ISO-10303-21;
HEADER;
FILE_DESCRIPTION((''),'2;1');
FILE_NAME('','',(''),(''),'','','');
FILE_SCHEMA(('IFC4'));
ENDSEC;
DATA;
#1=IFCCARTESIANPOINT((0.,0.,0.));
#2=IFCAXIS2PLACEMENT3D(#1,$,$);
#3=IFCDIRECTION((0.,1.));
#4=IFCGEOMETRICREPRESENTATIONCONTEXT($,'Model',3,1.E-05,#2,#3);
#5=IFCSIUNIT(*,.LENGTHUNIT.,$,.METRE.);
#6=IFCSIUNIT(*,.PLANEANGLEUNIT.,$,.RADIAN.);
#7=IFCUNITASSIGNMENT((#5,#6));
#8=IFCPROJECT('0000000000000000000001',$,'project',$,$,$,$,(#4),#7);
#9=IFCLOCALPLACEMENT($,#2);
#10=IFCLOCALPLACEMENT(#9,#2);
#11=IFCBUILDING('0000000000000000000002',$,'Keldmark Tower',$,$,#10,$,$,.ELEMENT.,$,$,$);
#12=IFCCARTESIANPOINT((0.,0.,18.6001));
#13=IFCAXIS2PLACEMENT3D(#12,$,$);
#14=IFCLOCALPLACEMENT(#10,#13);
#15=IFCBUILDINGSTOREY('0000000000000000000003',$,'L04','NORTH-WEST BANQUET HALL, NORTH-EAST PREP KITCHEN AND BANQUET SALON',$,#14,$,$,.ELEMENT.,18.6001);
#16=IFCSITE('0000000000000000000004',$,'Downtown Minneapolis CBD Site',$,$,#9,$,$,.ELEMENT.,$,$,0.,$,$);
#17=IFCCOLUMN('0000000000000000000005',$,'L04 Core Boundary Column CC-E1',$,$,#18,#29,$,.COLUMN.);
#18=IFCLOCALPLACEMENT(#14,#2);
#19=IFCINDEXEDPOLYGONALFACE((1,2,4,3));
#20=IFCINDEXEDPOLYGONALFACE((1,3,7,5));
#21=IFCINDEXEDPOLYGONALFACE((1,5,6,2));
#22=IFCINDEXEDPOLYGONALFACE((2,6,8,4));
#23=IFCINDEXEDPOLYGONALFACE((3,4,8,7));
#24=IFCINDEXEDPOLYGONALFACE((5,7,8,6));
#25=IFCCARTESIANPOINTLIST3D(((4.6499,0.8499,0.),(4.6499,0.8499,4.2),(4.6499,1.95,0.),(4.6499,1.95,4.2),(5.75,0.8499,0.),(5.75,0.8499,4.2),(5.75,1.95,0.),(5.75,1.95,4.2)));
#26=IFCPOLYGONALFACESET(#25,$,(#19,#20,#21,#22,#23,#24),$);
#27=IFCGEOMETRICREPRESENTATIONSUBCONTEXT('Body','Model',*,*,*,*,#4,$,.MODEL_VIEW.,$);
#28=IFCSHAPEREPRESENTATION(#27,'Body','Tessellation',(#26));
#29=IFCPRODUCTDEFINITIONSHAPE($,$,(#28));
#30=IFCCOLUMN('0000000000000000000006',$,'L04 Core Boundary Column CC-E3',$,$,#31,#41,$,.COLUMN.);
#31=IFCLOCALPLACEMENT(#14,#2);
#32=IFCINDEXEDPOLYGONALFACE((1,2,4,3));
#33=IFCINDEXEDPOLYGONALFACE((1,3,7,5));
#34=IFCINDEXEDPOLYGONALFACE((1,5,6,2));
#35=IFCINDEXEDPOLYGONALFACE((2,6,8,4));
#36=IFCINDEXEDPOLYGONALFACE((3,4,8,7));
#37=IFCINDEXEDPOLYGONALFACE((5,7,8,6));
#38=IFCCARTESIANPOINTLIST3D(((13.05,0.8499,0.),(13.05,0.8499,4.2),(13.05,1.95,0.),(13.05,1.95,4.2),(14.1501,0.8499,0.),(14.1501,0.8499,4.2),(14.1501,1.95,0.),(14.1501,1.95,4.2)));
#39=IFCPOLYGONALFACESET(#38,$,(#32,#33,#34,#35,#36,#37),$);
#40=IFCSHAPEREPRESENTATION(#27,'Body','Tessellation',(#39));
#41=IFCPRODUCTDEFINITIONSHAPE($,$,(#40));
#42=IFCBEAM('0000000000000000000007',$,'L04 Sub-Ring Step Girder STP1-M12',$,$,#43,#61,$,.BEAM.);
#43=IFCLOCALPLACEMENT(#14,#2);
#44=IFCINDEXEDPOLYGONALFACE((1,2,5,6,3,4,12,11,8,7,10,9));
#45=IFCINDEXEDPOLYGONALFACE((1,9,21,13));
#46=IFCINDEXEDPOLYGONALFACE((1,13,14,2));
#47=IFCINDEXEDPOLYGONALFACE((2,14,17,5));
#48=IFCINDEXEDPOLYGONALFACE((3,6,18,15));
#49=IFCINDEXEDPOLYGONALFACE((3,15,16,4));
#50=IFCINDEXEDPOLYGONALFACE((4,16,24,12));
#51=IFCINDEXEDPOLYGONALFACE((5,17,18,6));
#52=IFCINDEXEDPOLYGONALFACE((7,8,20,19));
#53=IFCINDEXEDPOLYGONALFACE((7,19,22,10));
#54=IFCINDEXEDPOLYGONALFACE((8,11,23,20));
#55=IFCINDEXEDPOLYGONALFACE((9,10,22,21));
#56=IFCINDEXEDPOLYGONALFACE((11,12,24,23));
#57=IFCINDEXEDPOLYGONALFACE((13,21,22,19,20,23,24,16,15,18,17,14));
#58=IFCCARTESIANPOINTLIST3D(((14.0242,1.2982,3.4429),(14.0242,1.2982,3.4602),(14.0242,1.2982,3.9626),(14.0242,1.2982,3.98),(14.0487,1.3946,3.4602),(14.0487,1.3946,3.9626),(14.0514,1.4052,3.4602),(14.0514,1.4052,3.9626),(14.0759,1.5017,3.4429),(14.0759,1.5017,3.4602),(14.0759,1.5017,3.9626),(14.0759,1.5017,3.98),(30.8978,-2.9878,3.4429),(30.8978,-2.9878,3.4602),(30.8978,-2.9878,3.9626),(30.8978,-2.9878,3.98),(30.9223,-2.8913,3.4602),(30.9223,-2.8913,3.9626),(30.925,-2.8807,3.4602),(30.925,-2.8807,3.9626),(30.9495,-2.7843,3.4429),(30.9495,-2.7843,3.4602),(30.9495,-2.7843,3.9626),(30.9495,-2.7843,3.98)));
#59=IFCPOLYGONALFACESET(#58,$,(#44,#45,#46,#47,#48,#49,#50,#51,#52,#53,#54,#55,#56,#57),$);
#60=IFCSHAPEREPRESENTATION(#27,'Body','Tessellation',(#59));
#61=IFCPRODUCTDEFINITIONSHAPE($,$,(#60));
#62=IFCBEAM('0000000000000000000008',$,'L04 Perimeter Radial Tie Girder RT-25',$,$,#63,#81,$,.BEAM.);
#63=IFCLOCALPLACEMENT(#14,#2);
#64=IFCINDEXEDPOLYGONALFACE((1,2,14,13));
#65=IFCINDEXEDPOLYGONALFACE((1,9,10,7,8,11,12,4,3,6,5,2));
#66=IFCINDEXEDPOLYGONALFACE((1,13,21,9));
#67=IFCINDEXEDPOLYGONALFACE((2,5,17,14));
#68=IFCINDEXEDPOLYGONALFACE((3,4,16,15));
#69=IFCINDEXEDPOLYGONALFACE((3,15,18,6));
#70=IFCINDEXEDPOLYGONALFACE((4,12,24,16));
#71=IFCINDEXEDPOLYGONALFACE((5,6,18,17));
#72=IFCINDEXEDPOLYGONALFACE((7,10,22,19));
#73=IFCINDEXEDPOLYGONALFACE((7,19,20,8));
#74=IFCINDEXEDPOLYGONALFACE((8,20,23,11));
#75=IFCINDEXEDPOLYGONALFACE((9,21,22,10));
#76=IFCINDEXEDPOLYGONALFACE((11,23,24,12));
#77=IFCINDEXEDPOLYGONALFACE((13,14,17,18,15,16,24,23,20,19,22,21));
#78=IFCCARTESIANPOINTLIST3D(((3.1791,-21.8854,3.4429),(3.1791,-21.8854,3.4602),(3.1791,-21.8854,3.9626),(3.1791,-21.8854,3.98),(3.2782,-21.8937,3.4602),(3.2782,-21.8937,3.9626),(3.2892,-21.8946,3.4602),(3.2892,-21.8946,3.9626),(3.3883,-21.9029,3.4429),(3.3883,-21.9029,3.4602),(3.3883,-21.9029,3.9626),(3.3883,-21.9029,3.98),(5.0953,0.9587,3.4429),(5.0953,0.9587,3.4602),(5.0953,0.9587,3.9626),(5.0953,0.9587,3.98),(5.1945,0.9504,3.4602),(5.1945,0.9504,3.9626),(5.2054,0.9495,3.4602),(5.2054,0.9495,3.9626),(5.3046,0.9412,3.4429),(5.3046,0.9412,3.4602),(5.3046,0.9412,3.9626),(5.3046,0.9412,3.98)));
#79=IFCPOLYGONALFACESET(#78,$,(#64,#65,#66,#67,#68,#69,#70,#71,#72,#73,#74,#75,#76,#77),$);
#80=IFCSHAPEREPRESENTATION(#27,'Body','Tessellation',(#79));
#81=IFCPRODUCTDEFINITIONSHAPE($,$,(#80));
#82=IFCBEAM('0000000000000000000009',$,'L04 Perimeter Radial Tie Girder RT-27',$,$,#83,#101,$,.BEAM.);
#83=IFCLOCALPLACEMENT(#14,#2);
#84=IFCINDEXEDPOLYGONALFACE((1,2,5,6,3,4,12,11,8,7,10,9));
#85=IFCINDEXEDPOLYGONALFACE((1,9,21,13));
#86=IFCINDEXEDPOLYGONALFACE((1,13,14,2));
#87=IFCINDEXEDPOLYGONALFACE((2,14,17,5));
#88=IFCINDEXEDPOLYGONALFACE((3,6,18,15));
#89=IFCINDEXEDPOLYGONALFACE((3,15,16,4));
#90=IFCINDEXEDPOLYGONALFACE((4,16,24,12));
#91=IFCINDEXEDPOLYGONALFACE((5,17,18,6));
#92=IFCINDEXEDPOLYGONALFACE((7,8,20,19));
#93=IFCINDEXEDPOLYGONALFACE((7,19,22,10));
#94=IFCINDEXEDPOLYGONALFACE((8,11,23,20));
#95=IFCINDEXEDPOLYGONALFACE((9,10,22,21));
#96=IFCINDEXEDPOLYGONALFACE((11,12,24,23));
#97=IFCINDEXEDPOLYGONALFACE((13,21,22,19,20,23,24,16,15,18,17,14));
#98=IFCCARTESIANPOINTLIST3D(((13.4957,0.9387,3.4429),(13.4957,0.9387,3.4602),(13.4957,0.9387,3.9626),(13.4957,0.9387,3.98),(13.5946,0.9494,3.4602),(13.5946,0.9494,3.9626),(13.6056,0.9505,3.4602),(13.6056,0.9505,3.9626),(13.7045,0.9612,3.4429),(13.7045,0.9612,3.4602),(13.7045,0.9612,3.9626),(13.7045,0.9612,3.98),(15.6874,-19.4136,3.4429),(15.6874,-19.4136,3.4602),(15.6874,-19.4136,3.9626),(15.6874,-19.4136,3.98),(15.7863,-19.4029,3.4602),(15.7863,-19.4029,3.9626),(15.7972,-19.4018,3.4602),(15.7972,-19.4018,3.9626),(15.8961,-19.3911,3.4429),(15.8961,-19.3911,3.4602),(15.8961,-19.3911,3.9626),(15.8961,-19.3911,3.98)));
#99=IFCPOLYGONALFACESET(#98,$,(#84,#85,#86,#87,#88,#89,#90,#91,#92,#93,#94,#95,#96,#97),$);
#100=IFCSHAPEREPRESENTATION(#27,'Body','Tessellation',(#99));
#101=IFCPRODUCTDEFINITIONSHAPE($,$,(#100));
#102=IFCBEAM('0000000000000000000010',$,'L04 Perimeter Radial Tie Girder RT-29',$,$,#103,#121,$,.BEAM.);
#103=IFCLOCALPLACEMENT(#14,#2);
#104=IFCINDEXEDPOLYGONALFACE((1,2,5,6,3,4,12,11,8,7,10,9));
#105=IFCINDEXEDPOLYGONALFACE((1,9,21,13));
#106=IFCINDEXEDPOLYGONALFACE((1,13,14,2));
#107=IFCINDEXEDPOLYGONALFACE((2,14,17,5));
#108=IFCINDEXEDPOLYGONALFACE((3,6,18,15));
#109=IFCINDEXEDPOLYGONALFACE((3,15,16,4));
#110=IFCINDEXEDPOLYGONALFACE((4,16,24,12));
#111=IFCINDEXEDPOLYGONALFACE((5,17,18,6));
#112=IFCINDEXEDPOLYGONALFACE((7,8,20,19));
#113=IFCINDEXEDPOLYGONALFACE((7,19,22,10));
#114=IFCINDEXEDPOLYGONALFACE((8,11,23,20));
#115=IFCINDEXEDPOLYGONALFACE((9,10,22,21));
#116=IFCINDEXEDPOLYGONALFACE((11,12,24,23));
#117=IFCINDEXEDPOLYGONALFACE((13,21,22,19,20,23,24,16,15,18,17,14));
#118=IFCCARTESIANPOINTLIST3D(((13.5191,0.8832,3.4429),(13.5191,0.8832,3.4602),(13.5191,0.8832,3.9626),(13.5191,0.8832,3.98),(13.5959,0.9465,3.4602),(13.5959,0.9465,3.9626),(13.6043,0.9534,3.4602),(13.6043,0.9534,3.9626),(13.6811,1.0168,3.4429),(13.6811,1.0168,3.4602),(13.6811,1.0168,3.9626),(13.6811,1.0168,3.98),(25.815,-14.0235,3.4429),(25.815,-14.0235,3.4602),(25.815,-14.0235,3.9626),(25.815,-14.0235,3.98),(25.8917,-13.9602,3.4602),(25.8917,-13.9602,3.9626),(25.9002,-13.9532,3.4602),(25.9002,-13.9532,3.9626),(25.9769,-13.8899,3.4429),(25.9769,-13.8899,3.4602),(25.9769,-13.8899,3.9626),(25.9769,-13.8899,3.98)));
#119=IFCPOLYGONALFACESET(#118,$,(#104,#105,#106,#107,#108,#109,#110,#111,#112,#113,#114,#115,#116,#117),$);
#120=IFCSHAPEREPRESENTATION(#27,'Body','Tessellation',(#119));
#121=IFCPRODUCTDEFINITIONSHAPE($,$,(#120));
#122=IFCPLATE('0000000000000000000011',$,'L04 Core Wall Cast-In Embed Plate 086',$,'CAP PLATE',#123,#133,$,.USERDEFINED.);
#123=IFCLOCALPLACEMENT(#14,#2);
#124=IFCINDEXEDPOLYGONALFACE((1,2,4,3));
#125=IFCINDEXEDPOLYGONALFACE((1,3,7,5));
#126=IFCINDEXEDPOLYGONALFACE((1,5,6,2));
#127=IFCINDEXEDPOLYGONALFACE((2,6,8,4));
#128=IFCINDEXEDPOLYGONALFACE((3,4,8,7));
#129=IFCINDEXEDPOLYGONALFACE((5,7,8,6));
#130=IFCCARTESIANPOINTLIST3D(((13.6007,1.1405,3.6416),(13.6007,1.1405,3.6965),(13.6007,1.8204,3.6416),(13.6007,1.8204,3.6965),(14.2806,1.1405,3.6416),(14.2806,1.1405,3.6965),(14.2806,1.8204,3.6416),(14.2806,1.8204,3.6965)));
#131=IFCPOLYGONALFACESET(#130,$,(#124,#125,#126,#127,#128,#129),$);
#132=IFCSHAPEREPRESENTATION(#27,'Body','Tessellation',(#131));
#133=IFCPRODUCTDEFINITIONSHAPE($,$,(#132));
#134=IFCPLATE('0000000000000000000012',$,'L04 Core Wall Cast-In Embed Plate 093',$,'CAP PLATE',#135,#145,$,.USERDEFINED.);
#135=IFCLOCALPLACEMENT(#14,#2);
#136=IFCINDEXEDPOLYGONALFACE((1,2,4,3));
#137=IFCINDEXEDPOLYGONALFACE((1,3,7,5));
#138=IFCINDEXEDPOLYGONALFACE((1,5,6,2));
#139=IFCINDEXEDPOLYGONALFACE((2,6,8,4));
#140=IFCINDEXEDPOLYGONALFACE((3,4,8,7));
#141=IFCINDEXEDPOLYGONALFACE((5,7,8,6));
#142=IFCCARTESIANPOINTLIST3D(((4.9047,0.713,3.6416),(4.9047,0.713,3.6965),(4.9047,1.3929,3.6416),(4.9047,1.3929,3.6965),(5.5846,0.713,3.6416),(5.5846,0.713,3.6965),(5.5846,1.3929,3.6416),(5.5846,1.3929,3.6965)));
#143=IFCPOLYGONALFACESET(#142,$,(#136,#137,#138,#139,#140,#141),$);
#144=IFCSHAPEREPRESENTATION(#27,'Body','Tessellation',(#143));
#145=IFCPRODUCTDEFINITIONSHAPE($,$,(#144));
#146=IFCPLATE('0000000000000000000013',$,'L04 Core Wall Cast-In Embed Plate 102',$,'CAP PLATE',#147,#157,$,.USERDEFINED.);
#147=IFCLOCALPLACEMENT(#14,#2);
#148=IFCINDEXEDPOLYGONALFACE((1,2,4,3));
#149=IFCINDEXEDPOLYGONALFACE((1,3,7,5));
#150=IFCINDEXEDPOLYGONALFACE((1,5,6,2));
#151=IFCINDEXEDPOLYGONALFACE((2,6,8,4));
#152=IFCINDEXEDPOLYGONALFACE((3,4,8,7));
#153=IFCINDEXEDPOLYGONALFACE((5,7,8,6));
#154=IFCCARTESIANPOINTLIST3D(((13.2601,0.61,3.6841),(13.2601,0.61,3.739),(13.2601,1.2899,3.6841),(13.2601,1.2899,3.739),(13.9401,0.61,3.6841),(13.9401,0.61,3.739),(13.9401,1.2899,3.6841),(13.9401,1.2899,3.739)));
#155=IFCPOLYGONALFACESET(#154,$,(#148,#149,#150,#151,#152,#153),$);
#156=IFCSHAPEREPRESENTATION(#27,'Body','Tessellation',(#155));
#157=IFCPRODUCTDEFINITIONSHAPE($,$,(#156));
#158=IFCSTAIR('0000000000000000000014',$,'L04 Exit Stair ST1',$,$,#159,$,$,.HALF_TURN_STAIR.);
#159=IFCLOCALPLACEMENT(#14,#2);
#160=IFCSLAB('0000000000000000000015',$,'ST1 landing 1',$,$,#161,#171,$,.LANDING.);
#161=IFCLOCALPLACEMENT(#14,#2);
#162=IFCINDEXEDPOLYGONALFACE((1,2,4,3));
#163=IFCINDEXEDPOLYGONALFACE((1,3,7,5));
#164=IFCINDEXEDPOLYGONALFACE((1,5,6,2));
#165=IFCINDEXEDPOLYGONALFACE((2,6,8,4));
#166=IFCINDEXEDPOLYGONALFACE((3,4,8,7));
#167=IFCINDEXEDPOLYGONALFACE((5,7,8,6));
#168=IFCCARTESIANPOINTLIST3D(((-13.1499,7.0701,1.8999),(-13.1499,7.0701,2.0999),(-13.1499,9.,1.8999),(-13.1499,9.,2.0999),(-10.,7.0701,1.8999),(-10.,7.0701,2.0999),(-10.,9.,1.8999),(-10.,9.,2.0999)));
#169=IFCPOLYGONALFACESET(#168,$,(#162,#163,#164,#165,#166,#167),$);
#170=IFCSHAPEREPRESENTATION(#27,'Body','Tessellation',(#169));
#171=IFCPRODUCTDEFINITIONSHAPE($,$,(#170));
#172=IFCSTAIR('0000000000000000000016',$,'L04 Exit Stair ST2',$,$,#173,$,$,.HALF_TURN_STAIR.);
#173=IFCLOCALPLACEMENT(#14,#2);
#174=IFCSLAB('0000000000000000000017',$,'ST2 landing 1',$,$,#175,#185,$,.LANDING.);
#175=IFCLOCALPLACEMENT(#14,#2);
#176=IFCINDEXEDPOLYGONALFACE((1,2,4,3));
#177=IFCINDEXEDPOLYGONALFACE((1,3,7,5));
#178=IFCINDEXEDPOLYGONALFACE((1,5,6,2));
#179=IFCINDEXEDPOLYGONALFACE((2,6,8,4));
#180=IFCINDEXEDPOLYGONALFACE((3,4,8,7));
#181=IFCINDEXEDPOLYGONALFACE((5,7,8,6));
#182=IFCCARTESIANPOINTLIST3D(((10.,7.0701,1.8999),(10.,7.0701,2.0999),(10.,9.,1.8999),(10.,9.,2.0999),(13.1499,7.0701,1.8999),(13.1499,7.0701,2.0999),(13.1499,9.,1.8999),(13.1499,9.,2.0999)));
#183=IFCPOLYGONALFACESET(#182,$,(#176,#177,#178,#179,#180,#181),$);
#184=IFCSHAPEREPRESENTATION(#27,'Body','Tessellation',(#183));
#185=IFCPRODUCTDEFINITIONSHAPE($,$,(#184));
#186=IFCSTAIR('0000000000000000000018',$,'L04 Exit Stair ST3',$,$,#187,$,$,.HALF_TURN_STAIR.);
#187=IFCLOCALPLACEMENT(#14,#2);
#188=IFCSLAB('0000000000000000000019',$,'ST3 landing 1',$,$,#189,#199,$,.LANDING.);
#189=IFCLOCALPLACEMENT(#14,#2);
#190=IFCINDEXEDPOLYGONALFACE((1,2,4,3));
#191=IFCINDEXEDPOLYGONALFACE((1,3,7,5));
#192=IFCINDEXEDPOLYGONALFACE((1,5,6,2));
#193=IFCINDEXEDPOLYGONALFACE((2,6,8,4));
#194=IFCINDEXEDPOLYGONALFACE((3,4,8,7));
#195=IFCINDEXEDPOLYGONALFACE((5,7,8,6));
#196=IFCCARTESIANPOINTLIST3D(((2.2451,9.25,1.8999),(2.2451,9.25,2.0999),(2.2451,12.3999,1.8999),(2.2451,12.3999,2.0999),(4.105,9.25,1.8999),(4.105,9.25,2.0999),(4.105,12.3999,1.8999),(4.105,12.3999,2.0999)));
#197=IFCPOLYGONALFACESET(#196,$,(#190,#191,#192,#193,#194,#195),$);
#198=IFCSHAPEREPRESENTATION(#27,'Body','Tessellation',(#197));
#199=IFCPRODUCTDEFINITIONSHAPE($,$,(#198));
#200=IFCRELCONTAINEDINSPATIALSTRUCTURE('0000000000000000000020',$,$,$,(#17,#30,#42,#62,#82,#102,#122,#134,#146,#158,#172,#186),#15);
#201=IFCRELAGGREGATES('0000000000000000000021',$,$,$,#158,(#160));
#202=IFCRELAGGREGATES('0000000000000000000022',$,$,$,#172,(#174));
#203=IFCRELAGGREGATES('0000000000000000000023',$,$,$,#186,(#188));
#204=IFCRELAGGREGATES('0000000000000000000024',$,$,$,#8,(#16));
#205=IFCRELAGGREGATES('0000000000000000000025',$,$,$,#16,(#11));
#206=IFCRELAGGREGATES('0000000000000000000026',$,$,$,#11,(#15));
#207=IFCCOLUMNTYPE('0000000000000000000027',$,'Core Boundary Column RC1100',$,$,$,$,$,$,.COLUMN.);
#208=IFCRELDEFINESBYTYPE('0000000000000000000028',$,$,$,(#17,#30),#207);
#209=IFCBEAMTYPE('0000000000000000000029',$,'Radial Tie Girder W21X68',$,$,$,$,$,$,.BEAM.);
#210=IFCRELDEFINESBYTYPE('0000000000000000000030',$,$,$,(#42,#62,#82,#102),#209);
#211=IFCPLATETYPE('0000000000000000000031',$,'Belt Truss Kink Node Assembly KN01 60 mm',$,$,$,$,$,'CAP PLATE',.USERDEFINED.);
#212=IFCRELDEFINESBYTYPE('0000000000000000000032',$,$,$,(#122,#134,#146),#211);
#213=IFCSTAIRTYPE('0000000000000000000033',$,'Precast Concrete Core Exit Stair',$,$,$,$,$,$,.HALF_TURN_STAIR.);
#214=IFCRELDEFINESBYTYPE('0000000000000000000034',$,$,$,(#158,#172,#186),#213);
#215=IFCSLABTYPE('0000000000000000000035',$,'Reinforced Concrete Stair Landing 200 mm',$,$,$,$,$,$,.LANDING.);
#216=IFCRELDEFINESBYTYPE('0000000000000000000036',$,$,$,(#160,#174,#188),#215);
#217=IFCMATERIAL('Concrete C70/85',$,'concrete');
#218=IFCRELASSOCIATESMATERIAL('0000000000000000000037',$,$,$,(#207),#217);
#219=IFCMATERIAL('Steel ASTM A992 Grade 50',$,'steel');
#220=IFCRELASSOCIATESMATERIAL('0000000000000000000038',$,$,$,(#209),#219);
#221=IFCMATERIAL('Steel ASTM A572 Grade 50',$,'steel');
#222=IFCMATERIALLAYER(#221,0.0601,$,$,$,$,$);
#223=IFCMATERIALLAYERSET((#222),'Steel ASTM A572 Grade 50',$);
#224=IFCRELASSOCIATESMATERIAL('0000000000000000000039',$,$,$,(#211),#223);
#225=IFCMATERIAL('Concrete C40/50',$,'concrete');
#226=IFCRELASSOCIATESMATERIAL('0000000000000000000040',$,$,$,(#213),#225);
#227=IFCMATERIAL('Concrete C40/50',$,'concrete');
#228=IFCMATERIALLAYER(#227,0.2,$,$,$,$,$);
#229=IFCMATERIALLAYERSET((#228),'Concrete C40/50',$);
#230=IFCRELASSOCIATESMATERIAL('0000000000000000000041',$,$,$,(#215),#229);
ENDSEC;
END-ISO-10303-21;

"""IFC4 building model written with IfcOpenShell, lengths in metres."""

from ifc_helpers import new_model, si_unit, direction, frame, origin, origin_2d, place, context, subcontext, project, spatial, polyline, rectangle, i_section, outline, extrude, material, layer, layer_set, material_profile, profile_set, type_object, element, aggregate, save


model = new_model("IFC4")

# Units and contexts
model_context = context("Model", 3, precision=1e-05, world=origin(), true_north=direction((0.0, 1.0)))
body_context = subcontext(model_context, "Body", "Model", "MODEL_VIEW")
ifc_project = project(units=[si_unit("LENGTHUNIT", "METRE"), si_unit("PLANEANGLEUNIT", "RADIAN")], contexts=[model_context])

# Site, building, storey
site_placement = place(None, origin())
site = spatial("IfcSite", under=ifc_project, at=site_placement, Name="Downtown Minneapolis CBD Site", CompositionType="ELEMENT", RefElevation=0.0)
building_placement = place(site_placement, origin())
building = spatial("IfcBuilding", under=site, at=building_placement, Name="Keldmark Tower", CompositionType="ELEMENT")
storey_placement = place(building_placement, frame((0.0, 0.0, 18.6001)))
storey = spatial("IfcBuildingStorey", under=building, at=storey_placement, Name="L04", Description="NORTH-WEST BANQUET HALL, NORTH-EAST PREP KITCHEN AND BANQUET SALON", CompositionType="ELEMENT", Elevation=18.6001)

# Columns
ifc_material_1 = material(Name="Concrete C70/85", Category="concrete")
ifc_material_profile_1 = material_profile(ifc_material_1, rectangle(XDim=1.1001, YDim=1.1001, at=origin_2d()), Name="RC1100X1100")
ifc_profile_set_1 = profile_set([ifc_material_profile_1], Name="Concrete C70/85")
column_type = type_object("IfcColumnType", Name="Core Boundary Column RC1100", PredefinedType="COLUMN", material=ifc_profile_set_1)
for number, where, z_axis, x_axis, name in (
    (1, (5.2, 1.3999, 0.0), (0.0, 0.0, 1.0), (1.0, 0.0, 0.0), "L04 Core Boundary Column CC-E1"),
    (2, (13.6001, 1.3999, 0.0), (0.0, 0.0, 1.0), (1.0, 0.0, 0.0), "L04 Core Boundary Column CC-E3"),
):
    element("IfcColumn", number, at=place(storey_placement, frame(where, z_axis=z_axis, x_axis=x_axis)), inside=storey, type_object=column_type, Name=name, PredefinedType="COLUMN", context=body_context, shape_type="SweptSolid", body=[
        extrude(rectangle(XDim=1.1001, YDim=1.1001, at=origin_2d()), origin(), (0.0, 0.0, 1.0), 4.2),
    ])

# Beams
ifc_material_2 = material(Name="Steel ASTM A992 Grade 50", Category="steel")
ifc_material_profile_2 = material_profile(ifc_material_2, i_section(OverallWidth=0.21, OverallDepth=0.5371, WebThickness=0.011, FlangeThickness=0.0173, at=origin_2d()), Name="W21X68")
ifc_profile_set_2 = profile_set([ifc_material_profile_2], Name="Steel ASTM A992 Grade 50")
beam_type = type_object("IfcBeamType", Name="Radial Tie Girder W21X68", PredefinedType="BEAM", material=ifc_profile_set_2)
beam_1_placement = place(storey_placement, frame((14.05, 1.3999, 3.7114), z_axis=(0.969223, -0.246183, 0.0), x_axis=(0.246183, 0.969223, 0.0)))
element("IfcBeam", 3, at=beam_1_placement, inside=storey, type_object=beam_type, Name="L04 Sub-Ring Step Girder STP1-M12", PredefinedType="BEAM", context=body_context, shape_type="SweptSolid", body=[
    extrude(i_section(OverallWidth=0.21, OverallDepth=0.5371, WebThickness=0.011, FlangeThickness=0.0173, at=origin_2d()), origin(), (0.0, 0.0, 1.0), 17.4094),
])
beam_2_placement = place(storey_placement, frame((5.2, 0.95, 3.7114), z_axis=(-0.083591, -0.9965, 0.0), x_axis=(0.9965, -0.083591, 0.0)))
element("IfcBeam", 4, at=beam_2_placement, inside=storey, type_object=beam_type, Name="L04 Perimeter Radial Tie Girder RT-25", PredefinedType="BEAM", context=body_context, shape_type="SweptSolid", body=[
    extrude(i_section(OverallWidth=0.21, OverallDepth=0.5371, WebThickness=0.011, FlangeThickness=0.0173, at=origin_2d()), origin(), (0.0, 0.0, 1.0), 22.9243),
])
beam_3_placement = place(storey_placement, frame((13.6001, 0.95, 3.7114), z_axis=(0.107067, -0.994252, 0.0), x_axis=(0.994252, 0.107067, 0.0)))
element("IfcBeam", 5, at=beam_3_placement, inside=storey, type_object=beam_type, Name="L04 Perimeter Radial Tie Girder RT-27", PredefinedType="BEAM", context=body_context, shape_type="SweptSolid", body=[
    extrude(i_section(OverallWidth=0.21, OverallDepth=0.5371, WebThickness=0.011, FlangeThickness=0.0173, at=origin_2d()), origin(), (0.0, 0.0, 1.0), 20.47),
])
beam_4_placement = place(storey_placement, frame((13.6001, 0.95, 3.7114), z_axis=(0.636316, -0.771428, 0.0), x_axis=(0.771428, 0.636316, 0.0)))
element("IfcBeam", 6, at=beam_4_placement, inside=storey, type_object=beam_type, Name="L04 Perimeter Radial Tie Girder RT-29", PredefinedType="BEAM", context=body_context, shape_type="SweptSolid", body=[
    extrude(i_section(OverallWidth=0.21, OverallDepth=0.5371, WebThickness=0.011, FlangeThickness=0.0173, at=origin_2d()), origin(), (0.0, 0.0, 1.0), 19.3235),
])

# Plates
ifc_material_3 = material(Name="Steel ASTM A572 Grade 50", Category="steel")
ifc_layer_1 = layer(ifc_material_3, 0.0601)
ifc_layer_set_1 = layer_set([ifc_layer_1], Name="Steel ASTM A572 Grade 50")
plate_type = type_object("IfcPlateType", Name="Belt Truss Kink Node Assembly KN01 60 mm", ElementType="CAP PLATE", PredefinedType="USERDEFINED", material=ifc_layer_set_1)
for number, where, z_axis, x_axis, name in (
    (7, (13.9407, 1.4805, 3.6416), (0.0, 0.0, 1.0), (1.0, 0.0, 0.0), "L04 Core Wall Cast-In Embed Plate 086"),
    (8, (5.2446, 1.053, 3.6416), (0.0, 0.0, 1.0), (1.0, 0.0, 0.0), "L04 Core Wall Cast-In Embed Plate 093"),
    (9, (13.6001, 0.95, 3.6841), (0.0, 0.0, 1.0), (1.0, 0.0, 0.0), "L04 Core Wall Cast-In Embed Plate 102"),
):
    element("IfcPlate", number, at=place(storey_placement, frame(where, z_axis=z_axis, x_axis=x_axis)), inside=storey, type_object=plate_type, Name=name, ObjectType="CAP PLATE", PredefinedType="USERDEFINED", context=body_context, shape_type="SweptSolid", body=[
        extrude(rectangle(XDim=0.6799, YDim=0.6799, at=origin_2d()), origin(), (0.0, 0.0, 1.0), 0.0549),
    ])

# Stairs, slabs
ifc_material_4 = material(Name="Concrete C40/50", Category="concrete")
stair_type = type_object("IfcStairType", Name="Precast Concrete Core Exit Stair", PredefinedType="HALF_TURN_STAIR", material=ifc_material_4)
stair_1_placement = place(storey_placement, origin())
stair_1 = element("IfcStair", 10, at=stair_1_placement, inside=storey, type_object=stair_type, Name="L04 Exit Stair ST1", PredefinedType="HALF_TURN_STAIR")
ifc_material_5 = material(Name="Concrete C40/50", Category="concrete")
ifc_layer_2 = layer(ifc_material_5, 0.2)
ifc_layer_set_2 = layer_set([ifc_layer_2], Name="Concrete C40/50")
slab_type_1 = type_object("IfcSlabType", Name="Reinforced Concrete Stair Landing 200 mm", PredefinedType="LANDING", material=ifc_layer_set_2)
slab_1_placement = place(storey_placement, frame((0.0, 0.0, 1.8999)))
slab_1 = element("IfcSlab", 11, at=slab_1_placement, type_object=slab_type_1, Name="ST1 landing 1", PredefinedType="LANDING", context=body_context, shape_type="SweptSolid", body=[
    extrude(outline(polyline([(-10.0, 7.0701), (-10.0, 9.0), (-13.1499, 9.0), (-13.1499, 7.0701), (-10.0, 7.0701)])), origin(), (0.0, 0.0, 1.0), 0.2),
])
aggregate(stair_1, [slab_1])
stair_2_placement = place(storey_placement, origin())
stair_2 = element("IfcStair", 12, at=stair_2_placement, inside=storey, type_object=stair_type, Name="L04 Exit Stair ST2", PredefinedType="HALF_TURN_STAIR")
slab_2_placement = place(storey_placement, frame((0.0, 0.0, 1.8999)))
slab_2 = element("IfcSlab", 13, at=slab_2_placement, type_object=slab_type_1, Name="ST2 landing 1", PredefinedType="LANDING", context=body_context, shape_type="SweptSolid", body=[
    extrude(outline(polyline([(13.1499, 7.0701), (13.1499, 9.0), (10.0, 9.0), (10.0, 7.0701), (13.1499, 7.0701)])), origin(), (0.0, 0.0, 1.0), 0.2),
])
aggregate(stair_2, [slab_2])
stair_3_placement = place(storey_placement, origin())
stair_3 = element("IfcStair", 14, at=stair_3_placement, inside=storey, type_object=stair_type, Name="L04 Exit Stair ST3", PredefinedType="HALF_TURN_STAIR")
slab_3_placement = place(storey_placement, frame((0.0, 0.0, 1.8999)))
slab_3 = element("IfcSlab", 15, at=slab_3_placement, type_object=slab_type_1, Name="ST3 landing 1", PredefinedType="LANDING", context=body_context, shape_type="SweptSolid", body=[
    extrude(outline(polyline([(2.2451, 9.25), (4.105, 9.25), (4.105, 12.3999), (2.2451, 12.3999), (2.2451, 9.25)])), origin(), (0.0, 0.0, 1.0), 0.2),
])
aggregate(stair_3, [slab_3])

save(model, "model.ifc")
